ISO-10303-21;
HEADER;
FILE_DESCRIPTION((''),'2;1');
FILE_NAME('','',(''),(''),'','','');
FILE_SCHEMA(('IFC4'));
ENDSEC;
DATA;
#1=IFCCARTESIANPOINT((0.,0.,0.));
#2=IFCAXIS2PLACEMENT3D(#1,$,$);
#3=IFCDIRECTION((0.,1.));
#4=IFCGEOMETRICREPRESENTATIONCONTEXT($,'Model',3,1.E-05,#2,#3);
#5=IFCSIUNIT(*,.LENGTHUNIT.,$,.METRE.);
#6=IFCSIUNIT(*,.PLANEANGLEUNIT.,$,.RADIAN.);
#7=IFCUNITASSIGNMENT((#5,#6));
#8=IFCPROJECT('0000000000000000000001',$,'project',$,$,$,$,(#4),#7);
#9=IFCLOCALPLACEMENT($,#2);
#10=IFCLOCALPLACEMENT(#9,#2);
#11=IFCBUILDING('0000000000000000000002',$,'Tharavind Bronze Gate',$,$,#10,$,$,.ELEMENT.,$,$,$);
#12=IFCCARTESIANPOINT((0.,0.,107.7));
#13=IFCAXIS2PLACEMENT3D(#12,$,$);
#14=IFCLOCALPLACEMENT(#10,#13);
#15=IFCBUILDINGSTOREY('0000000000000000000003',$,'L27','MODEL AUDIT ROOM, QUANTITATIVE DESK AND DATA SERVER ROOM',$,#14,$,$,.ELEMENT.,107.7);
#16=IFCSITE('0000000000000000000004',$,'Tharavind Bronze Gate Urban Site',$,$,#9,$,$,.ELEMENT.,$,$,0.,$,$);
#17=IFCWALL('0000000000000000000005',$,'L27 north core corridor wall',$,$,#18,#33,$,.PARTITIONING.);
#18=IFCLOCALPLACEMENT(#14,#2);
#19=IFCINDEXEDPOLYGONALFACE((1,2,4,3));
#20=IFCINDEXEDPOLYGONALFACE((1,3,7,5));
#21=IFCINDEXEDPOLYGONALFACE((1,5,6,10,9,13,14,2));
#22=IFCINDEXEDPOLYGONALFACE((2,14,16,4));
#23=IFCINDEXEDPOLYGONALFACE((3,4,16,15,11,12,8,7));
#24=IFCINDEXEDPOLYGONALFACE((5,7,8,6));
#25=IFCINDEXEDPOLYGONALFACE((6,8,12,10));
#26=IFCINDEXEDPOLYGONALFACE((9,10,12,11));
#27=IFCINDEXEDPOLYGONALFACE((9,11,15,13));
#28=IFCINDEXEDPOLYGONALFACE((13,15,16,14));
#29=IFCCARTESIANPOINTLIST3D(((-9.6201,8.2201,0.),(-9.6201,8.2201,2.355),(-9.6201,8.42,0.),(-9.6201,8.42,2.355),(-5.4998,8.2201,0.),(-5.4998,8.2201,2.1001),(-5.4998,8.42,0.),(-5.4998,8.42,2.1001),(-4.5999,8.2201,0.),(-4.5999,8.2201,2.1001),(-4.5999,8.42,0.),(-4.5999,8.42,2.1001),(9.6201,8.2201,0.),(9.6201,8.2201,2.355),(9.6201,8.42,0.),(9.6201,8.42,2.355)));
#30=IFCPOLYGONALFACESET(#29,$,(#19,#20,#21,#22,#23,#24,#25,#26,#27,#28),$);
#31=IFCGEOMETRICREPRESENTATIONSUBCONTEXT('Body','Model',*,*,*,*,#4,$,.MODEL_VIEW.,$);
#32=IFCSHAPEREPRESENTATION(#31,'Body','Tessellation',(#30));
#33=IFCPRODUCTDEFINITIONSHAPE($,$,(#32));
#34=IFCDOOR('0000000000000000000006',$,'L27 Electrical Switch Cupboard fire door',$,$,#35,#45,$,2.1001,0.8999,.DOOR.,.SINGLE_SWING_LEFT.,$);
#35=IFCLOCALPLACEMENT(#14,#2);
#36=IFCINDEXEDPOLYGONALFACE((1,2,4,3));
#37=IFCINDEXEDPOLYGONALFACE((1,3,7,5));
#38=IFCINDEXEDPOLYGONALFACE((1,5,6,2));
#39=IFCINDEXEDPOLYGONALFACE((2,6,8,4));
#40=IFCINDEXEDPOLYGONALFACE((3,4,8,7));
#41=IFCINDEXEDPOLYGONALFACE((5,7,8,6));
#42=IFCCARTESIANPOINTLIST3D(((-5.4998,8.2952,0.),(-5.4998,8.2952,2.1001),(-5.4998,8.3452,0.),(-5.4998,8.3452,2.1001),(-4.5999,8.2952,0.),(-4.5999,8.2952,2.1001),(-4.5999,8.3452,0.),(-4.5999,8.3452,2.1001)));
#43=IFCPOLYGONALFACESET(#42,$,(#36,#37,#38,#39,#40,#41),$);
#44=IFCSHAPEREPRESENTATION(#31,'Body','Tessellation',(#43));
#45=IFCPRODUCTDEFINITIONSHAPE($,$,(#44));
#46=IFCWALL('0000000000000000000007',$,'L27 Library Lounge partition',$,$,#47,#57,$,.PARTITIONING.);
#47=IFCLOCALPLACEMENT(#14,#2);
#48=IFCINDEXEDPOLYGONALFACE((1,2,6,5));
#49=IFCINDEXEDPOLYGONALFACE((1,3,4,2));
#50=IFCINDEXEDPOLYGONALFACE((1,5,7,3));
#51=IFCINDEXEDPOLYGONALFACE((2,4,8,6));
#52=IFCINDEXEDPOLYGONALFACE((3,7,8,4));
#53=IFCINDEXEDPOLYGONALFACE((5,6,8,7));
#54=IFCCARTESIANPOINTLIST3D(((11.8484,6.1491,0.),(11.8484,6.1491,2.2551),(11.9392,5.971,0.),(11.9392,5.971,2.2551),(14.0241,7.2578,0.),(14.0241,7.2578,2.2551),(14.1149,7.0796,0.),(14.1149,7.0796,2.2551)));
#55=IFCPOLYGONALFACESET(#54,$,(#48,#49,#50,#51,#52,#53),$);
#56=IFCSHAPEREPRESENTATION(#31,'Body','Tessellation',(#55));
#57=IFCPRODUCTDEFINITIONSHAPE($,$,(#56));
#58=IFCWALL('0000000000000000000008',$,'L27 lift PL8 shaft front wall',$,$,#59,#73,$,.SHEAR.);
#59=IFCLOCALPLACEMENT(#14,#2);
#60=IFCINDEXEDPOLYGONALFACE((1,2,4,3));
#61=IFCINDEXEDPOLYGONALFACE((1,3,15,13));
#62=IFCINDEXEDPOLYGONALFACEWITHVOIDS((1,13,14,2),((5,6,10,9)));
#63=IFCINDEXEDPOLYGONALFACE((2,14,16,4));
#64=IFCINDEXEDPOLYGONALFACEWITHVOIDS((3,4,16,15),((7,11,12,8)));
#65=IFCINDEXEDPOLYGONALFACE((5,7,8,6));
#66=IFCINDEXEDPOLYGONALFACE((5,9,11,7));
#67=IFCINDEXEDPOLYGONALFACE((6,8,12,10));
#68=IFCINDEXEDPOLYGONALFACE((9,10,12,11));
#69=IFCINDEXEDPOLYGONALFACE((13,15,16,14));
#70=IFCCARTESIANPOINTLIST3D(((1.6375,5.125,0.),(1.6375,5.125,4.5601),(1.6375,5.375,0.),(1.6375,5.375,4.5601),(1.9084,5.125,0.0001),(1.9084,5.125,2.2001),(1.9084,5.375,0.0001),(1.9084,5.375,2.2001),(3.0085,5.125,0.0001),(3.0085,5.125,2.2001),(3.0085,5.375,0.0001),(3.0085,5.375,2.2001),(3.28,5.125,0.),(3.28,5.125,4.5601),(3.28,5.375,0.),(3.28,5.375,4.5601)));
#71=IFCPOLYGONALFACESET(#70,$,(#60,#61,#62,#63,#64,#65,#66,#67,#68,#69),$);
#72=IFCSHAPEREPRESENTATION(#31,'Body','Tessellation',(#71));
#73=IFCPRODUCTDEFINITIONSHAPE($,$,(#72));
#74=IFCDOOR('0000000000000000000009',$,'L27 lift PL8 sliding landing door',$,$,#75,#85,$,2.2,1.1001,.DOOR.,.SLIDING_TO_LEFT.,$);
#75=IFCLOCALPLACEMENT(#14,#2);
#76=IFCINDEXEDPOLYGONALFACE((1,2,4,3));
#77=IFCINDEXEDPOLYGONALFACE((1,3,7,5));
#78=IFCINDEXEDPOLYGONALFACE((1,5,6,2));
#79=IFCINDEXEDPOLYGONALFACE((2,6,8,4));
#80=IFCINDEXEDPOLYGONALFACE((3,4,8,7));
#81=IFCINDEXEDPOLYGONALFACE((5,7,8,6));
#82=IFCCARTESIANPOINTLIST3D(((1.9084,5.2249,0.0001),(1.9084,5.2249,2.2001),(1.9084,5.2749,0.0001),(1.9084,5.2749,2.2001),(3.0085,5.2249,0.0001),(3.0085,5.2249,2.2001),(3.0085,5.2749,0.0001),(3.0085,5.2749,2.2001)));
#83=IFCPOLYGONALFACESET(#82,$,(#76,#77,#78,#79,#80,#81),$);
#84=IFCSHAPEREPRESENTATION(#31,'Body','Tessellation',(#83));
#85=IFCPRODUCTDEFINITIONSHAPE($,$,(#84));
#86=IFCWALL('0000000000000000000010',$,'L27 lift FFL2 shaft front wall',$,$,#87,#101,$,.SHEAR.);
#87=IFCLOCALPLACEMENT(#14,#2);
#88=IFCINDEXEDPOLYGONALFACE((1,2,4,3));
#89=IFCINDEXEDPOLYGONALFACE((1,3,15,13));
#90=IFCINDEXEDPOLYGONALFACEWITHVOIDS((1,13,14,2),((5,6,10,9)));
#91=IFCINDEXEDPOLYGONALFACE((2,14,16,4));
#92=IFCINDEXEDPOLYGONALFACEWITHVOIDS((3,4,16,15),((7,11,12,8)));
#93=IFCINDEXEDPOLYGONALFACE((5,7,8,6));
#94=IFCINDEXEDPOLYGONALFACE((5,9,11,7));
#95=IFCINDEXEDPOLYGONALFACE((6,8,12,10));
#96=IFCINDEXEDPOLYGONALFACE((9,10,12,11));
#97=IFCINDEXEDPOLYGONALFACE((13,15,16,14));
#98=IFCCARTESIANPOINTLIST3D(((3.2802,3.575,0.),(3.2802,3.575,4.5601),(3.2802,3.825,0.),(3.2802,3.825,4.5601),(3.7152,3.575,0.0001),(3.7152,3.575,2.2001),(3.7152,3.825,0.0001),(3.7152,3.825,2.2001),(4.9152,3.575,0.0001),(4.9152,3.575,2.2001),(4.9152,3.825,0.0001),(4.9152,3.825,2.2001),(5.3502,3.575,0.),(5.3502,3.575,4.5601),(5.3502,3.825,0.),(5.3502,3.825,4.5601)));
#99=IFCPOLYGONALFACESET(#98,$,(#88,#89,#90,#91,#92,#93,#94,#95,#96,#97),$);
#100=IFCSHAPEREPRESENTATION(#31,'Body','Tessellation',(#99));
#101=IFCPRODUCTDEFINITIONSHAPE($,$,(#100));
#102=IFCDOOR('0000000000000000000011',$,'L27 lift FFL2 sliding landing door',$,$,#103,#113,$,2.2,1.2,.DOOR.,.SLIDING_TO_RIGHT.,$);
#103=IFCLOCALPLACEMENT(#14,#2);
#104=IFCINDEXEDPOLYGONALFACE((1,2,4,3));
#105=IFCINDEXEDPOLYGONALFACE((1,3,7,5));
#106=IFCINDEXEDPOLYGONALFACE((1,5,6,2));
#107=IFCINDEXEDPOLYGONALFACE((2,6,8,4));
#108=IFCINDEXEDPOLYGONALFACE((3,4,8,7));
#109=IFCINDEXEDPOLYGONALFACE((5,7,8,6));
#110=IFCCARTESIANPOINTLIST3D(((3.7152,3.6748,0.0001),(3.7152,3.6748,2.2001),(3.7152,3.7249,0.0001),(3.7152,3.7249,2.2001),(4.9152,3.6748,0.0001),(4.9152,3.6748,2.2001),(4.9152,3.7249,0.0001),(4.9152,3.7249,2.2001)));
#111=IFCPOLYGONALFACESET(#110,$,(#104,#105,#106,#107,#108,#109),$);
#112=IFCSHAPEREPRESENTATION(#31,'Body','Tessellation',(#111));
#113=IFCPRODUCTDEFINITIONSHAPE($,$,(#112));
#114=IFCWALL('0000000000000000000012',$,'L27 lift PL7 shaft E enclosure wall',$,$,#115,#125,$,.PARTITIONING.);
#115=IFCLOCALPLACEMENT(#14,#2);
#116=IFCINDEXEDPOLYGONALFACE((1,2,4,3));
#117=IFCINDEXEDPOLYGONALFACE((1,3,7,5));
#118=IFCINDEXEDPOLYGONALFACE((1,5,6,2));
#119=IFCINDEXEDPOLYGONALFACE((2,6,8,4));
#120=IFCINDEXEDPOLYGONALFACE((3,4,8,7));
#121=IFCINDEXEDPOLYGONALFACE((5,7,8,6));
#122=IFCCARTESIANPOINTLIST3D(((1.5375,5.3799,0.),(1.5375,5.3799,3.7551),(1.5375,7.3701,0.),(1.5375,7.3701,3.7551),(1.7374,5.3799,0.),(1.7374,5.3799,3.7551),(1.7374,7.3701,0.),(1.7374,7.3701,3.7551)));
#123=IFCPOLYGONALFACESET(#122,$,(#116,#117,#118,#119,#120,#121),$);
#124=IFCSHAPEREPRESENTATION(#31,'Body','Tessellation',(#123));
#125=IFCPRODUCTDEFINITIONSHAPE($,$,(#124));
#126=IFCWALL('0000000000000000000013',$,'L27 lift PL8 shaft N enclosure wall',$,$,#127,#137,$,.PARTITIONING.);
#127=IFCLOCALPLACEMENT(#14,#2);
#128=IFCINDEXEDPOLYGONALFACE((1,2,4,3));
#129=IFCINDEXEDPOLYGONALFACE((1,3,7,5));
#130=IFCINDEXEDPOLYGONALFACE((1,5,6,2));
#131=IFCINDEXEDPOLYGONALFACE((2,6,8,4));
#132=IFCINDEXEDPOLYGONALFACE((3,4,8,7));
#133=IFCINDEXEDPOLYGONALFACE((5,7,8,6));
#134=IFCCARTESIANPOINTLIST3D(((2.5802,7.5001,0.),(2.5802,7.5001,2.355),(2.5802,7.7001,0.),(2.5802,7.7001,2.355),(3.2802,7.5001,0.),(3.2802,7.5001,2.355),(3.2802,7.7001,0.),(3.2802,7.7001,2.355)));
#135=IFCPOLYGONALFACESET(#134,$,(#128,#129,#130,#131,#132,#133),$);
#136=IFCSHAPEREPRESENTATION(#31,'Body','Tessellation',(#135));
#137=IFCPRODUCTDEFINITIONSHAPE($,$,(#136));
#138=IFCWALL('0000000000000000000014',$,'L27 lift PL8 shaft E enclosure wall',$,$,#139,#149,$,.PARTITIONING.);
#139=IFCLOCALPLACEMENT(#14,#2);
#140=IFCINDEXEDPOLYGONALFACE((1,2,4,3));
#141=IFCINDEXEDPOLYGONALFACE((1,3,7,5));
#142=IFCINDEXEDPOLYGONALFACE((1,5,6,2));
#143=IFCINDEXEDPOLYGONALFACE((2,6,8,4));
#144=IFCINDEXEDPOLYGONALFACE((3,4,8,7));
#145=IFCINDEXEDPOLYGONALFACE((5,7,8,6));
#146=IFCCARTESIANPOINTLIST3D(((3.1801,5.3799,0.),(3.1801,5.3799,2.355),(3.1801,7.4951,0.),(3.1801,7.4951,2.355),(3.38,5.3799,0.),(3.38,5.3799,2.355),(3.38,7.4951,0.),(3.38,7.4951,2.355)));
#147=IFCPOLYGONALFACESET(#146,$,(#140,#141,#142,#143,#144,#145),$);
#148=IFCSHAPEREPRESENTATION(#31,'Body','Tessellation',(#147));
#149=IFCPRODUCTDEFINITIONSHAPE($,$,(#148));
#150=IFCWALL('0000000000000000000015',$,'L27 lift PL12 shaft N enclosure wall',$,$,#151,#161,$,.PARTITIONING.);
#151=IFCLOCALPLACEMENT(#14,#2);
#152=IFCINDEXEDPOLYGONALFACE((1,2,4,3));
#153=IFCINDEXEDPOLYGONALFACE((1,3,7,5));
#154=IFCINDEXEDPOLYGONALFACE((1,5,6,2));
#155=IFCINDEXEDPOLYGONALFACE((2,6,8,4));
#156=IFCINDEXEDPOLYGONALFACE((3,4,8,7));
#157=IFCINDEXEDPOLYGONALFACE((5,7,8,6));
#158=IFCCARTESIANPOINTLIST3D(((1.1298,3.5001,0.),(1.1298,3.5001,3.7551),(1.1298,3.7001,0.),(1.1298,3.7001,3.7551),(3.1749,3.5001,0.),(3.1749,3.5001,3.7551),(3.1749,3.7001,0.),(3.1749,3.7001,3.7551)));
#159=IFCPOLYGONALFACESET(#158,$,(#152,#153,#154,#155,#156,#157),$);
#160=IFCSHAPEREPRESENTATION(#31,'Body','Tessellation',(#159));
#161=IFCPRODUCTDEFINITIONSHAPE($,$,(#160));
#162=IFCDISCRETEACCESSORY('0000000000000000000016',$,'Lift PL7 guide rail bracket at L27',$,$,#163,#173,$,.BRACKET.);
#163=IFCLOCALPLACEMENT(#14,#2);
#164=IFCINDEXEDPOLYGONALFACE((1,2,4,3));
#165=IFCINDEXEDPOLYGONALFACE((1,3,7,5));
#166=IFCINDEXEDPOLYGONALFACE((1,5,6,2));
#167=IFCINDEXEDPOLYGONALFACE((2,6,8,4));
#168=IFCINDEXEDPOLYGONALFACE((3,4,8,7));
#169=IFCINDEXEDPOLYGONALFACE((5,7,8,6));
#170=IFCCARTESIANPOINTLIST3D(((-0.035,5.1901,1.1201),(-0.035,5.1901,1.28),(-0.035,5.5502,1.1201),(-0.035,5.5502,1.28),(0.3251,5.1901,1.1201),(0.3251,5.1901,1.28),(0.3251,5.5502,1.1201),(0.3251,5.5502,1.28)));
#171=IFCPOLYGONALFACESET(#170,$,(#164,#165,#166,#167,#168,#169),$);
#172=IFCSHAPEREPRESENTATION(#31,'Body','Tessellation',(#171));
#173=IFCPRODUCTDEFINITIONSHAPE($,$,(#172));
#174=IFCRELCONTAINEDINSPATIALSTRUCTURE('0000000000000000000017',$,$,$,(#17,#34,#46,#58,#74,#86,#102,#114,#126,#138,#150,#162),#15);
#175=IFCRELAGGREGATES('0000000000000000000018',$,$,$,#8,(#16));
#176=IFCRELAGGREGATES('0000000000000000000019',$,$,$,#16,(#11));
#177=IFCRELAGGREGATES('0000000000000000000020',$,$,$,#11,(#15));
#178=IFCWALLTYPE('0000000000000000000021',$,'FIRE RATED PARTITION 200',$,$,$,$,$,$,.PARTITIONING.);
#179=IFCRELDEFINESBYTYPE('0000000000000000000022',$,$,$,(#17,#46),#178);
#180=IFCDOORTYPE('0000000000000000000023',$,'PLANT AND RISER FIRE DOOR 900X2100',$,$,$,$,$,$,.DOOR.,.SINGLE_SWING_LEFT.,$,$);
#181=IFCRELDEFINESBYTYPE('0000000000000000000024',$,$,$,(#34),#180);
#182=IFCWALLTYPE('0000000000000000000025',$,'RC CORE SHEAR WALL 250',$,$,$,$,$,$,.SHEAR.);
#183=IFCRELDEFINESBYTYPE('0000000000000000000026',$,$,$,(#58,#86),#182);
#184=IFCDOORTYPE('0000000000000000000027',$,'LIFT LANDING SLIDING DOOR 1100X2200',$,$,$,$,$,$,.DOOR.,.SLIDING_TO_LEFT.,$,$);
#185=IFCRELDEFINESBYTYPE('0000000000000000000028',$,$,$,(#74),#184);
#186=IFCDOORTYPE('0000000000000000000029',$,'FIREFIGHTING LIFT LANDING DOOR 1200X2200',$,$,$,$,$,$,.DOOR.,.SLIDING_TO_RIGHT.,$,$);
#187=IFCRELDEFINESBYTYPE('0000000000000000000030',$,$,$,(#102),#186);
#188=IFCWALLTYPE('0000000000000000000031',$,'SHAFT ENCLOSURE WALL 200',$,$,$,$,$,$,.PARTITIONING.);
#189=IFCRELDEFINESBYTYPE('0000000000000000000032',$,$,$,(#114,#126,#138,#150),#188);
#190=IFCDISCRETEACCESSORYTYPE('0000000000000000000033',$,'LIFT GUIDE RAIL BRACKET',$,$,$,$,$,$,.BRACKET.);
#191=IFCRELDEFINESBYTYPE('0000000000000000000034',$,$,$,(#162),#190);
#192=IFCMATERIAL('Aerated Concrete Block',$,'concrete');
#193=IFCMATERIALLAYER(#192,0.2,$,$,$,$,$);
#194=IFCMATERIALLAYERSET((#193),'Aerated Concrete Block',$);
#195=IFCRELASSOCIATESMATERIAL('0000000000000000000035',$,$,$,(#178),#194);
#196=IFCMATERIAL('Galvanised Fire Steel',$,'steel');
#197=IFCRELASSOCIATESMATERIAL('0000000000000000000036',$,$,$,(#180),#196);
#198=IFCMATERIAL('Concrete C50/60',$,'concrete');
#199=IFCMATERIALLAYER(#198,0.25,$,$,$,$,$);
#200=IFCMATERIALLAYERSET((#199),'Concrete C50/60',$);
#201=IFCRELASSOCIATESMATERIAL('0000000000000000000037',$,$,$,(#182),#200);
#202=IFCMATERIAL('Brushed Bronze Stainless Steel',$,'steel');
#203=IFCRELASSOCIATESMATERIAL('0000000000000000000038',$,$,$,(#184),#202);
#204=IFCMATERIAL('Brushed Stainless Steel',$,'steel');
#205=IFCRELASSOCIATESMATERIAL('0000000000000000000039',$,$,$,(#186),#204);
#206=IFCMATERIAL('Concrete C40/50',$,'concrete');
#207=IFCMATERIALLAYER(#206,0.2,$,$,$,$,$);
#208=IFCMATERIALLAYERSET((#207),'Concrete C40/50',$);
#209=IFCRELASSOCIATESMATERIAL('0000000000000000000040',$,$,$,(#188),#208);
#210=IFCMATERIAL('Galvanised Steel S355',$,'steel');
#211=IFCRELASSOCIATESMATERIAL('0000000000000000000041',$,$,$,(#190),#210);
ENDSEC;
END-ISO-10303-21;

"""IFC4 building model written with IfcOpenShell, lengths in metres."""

from ifc_helpers import new_model, si_unit, direction, frame, frame_2d, origin, origin_2d, place, context, subcontext, project, spatial, rectangle, extrude, material, layer, layer_set, type_object, element, fill, save


model = new_model("IFC4")

# Units and contexts
model_context = context("Model", 3, precision=1e-05, world=origin(), true_north=direction((0.0, 1.0)))
body_context = subcontext(model_context, "Body", "Model", "MODEL_VIEW")
ifc_project = project(units=[si_unit("LENGTHUNIT", "METRE"), si_unit("PLANEANGLEUNIT", "RADIAN")], contexts=[model_context])

# Site, building, storey
site_placement = place(None, origin())
site = spatial("IfcSite", under=ifc_project, at=site_placement, Name="Tharavind Bronze Gate Urban Site", CompositionType="ELEMENT", RefElevation=0.0)
building_placement = place(site_placement, origin())
building = spatial("IfcBuilding", under=site, at=building_placement, Name="Tharavind Bronze Gate", CompositionType="ELEMENT")
storey_placement = place(building_placement, frame((0.0, 0.0, 107.7)))
storey = spatial("IfcBuildingStorey", under=building, at=storey_placement, Name="L27", Description="MODEL AUDIT ROOM, QUANTITATIVE DESK AND DATA SERVER ROOM", CompositionType="ELEMENT", Elevation=107.7)

# Wall, opening, door
ifc_material_1 = material(Name="Aerated Concrete Block", Category="concrete")
ifc_layer_1 = layer(ifc_material_1, 0.2)
ifc_layer_set_1 = layer_set([ifc_layer_1], Name="Aerated Concrete Block")
wall_type_1 = type_object("IfcWallType", Name="FIRE RATED PARTITION 200", PredefinedType="PARTITIONING", material=ifc_layer_set_1)
wall_1_placement = place(storey_placement, frame((9.6201, 8.3201, 0.0), z_axis=(0.0, 0.0, 1.0), x_axis=(-1.0, 0.0, 0.0)))
wall_1 = element("IfcWall", 1, at=wall_1_placement, inside=storey, type_object=wall_type_1, Name="L27 north core corridor wall", PredefinedType="PARTITIONING", context=body_context, shape_type="SweptSolid", body=[
    extrude(rectangle(XDim=19.2402, YDim=0.2, at=frame_2d((9.6201, 0.0))), origin(), (0.0, 0.0, 1.0), 2.355),
])
opening_1_placement = place(wall_1_placement, frame((14.22, 0.0, 0.0)))
opening_1 = element("IfcOpeningElement", 2, at=opening_1_placement, cuts=wall_1, PredefinedType="OPENING", context=body_context, shape_type="SweptSolid", body=[
    extrude(rectangle(XDim=0.8999, YDim=2.1001, at=frame_2d((0.45, 1.05))), frame((0.0, 0.1101, 0.0), z_axis=(0.0, -1.0, 0.0), x_axis=(1.0, 0.0, 0.0)), (0.0, 0.0, 1.0), 0.22),
])
ifc_material_2 = material(Name="Galvanised Fire Steel", Category="steel")
door_type_1 = type_object("IfcDoorType", Name="PLANT AND RISER FIRE DOOR 900X2100", OperationType="SINGLE_SWING_LEFT", PredefinedType="DOOR", material=ifc_material_2)
door_1_placement = place(opening_1_placement, origin())
door_1 = element("IfcDoor", 3, at=door_1_placement, inside=storey, type_object=door_type_1, Name="L27 Electrical Switch Cupboard fire door", OperationType="SINGLE_SWING_LEFT", OverallHeight=2.1001, OverallWidth=0.8999, PredefinedType="DOOR", context=body_context, shape_type="SweptSolid", body=[
    extrude(rectangle(XDim=0.8999, YDim=2.1001, at=frame_2d((0.45, 1.05))), frame((0.0, 0.0249, 0.0), z_axis=(0.0, -1.0, 0.0), x_axis=(1.0, 0.0, 0.0)), (0.0, 0.0, 1.0), 0.05),
])
fill(opening_1, door_1)

# Wall
wall_2_placement = place(storey_placement, frame((11.8938, 6.0601, 0.0), z_axis=(0.0, 0.0, 1.0), x_axis=(0.891002, 0.453999, 0.0)))
element("IfcWall", 4, at=wall_2_placement, inside=storey, type_object=wall_type_1, Name="L27 Library Lounge partition", PredefinedType="PARTITIONING", context=body_context, shape_type="SweptSolid", body=[
    extrude(rectangle(XDim=2.4419, YDim=0.2, at=frame_2d((1.2209, 0.0))), origin(), (0.0, 0.0, 1.0), 2.2551),
])

# Walls, openings, doors
ifc_material_3 = material(Name="Concrete C50/60", Category="concrete")
ifc_layer_2 = layer(ifc_material_3, 0.25)
ifc_layer_set_2 = layer_set([ifc_layer_2], Name="Concrete C50/60")
wall_type_2 = type_object("IfcWallType", Name="RC CORE SHEAR WALL 250", PredefinedType="SHEAR", material=ifc_layer_set_2)
wall_3_placement = place(storey_placement, frame((1.6375, 5.25, 0.0), z_axis=(0.0, 0.0, 1.0), x_axis=(1.0, 0.0, 0.0)))
wall_3 = element("IfcWall", 5, at=wall_3_placement, inside=storey, type_object=wall_type_2, Name="L27 lift PL8 shaft front wall", PredefinedType="SHEAR", context=body_context, shape_type="SweptSolid", body=[
    extrude(rectangle(XDim=1.6426, YDim=0.25, at=frame_2d((0.8213, 0.0))), origin(), (0.0, 0.0, 1.0), 4.5601),
])
opening_2_placement = place(wall_3_placement, frame((0.271, 0.0, 0.0)))
opening_2 = element("IfcOpeningElement", 6, at=opening_2_placement, cuts=wall_3, PredefinedType="OPENING", context=body_context, shape_type="SweptSolid", body=[
    extrude(rectangle(XDim=1.1001, YDim=2.2, at=frame_2d((0.55, 1.1001))), frame((0.0, 0.135, 0.0), z_axis=(0.0, -1.0, 0.0), x_axis=(1.0, 0.0, 0.0)), (0.0, 0.0, 1.0), 0.27),
])
ifc_material_4 = material(Name="Brushed Bronze Stainless Steel", Category="steel")
door_type_2 = type_object("IfcDoorType", Name="LIFT LANDING SLIDING DOOR 1100X2200", OperationType="SLIDING_TO_LEFT", PredefinedType="DOOR", material=ifc_material_4)
door_2_placement = place(opening_2_placement, origin())
door_2 = element("IfcDoor", 7, at=door_2_placement, inside=storey, type_object=door_type_2, Name="L27 lift PL8 sliding landing door", OperationType="SLIDING_TO_LEFT", OverallHeight=2.2, OverallWidth=1.1001, PredefinedType="DOOR", context=body_context, shape_type="SweptSolid", body=[
    extrude(rectangle(XDim=1.1001, YDim=2.2, at=frame_2d((0.55, 1.1001))), frame((0.0, 0.0249, 0.0), z_axis=(0.0, -1.0, 0.0), x_axis=(1.0, 0.0, 0.0)), (0.0, 0.0, 1.0), 0.05),
])
fill(opening_2, door_2)
wall_4_placement = place(storey_placement, frame((3.28, 3.7, 0.0), z_axis=(0.0, 0.0, 1.0), x_axis=(1.0, 0.0, 0.0)))
wall_4 = element("IfcWall", 8, at=wall_4_placement, inside=storey, type_object=wall_type_2, Name="L27 lift FFL2 shaft front wall", PredefinedType="SHEAR", context=body_context, shape_type="SweptSolid", body=[
    extrude(rectangle(XDim=2.0701, YDim=0.25, at=frame_2d((1.0352, 0.0))), origin(), (0.0, 0.0, 1.0), 4.5601),
])
opening_3_placement = place(wall_4_placement, frame((0.4351, 0.0, 0.0)))
opening_3 = element("IfcOpeningElement", 9, at=opening_3_placement, cuts=wall_4, PredefinedType="OPENING", context=body_context, shape_type="SweptSolid", body=[
    extrude(rectangle(XDim=1.2, YDim=2.2, at=frame_2d((0.6001, 1.1001))), frame((0.0, 0.135, 0.0), z_axis=(0.0, -1.0, 0.0), x_axis=(1.0, 0.0, 0.0)), (0.0, 0.0, 1.0), 0.27),
])
ifc_material_5 = material(Name="Brushed Stainless Steel", Category="steel")
door_type_3 = type_object("IfcDoorType", Name="FIREFIGHTING LIFT LANDING DOOR 1200X2200", OperationType="SLIDING_TO_RIGHT", PredefinedType="DOOR", material=ifc_material_5)
door_3_placement = place(opening_3_placement, origin())
door_3 = element("IfcDoor", 10, at=door_3_placement, inside=storey, type_object=door_type_3, Name="L27 lift FFL2 sliding landing door", OperationType="SLIDING_TO_RIGHT", OverallHeight=2.2, OverallWidth=1.2, PredefinedType="DOOR", context=body_context, shape_type="SweptSolid", body=[
    extrude(rectangle(XDim=1.2, YDim=2.2, at=frame_2d((0.6001, 1.1001))), frame((0.0, 0.0249, 0.0), z_axis=(0.0, -1.0, 0.0), x_axis=(1.0, 0.0, 0.0)), (0.0, 0.0, 1.0), 0.05),
])
fill(opening_3, door_3)

# Walls
ifc_material_6 = material(Name="Concrete C40/50", Category="concrete")
ifc_layer_3 = layer(ifc_material_6, 0.2)
ifc_layer_set_3 = layer_set([ifc_layer_3], Name="Concrete C40/50")
wall_type_3 = type_object("IfcWallType", Name="SHAFT ENCLOSURE WALL 200", PredefinedType="PARTITIONING", material=ifc_layer_set_3)
wall_5_placement = place(storey_placement, frame((1.6375, 5.3799, 0.0), z_axis=(0.0, 0.0, 1.0), x_axis=(0.0, 1.0, 0.0)))
element("IfcWall", 11, at=wall_5_placement, inside=storey, type_object=wall_type_3, Name="L27 lift PL7 shaft E enclosure wall", PredefinedType="PARTITIONING", context=body_context, shape_type="SweptSolid", body=[
    extrude(rectangle(XDim=1.9902, YDim=0.2, at=frame_2d((0.9951, 0.0))), origin(), (0.0, 0.0, 1.0), 3.7551),
])
wall_6_placement = place(storey_placement, frame((2.5801, 7.6001, 0.0), z_axis=(0.0, 0.0, 1.0), x_axis=(1.0, 0.0, 0.0)))
element("IfcWall", 12, at=wall_6_placement, inside=storey, type_object=wall_type_3, Name="L27 lift PL8 shaft N enclosure wall", PredefinedType="PARTITIONING", context=body_context, shape_type="SweptSolid", body=[
    extrude(rectangle(XDim=0.7, YDim=0.2, at=frame_2d((0.3501, 0.0))), origin(), (0.0, 0.0, 1.0), 2.355),
])
wall_7_placement = place(storey_placement, frame((3.28, 5.3799, 0.0), z_axis=(0.0, 0.0, 1.0), x_axis=(0.0, 1.0, 0.0)))
element("IfcWall", 13, at=wall_7_placement, inside=storey, type_object=wall_type_3, Name="L27 lift PL8 shaft E enclosure wall", PredefinedType="PARTITIONING", context=body_context, shape_type="SweptSolid", body=[
    extrude(rectangle(XDim=2.1152, YDim=0.2, at=frame_2d((1.0576, 0.0))), origin(), (0.0, 0.0, 1.0), 2.355),
])
wall_8_placement = place(storey_placement, frame((1.1299, 3.6001, 0.0), z_axis=(0.0, 0.0, 1.0), x_axis=(1.0, 0.0, 0.0)))
element("IfcWall", 14, at=wall_8_placement, inside=storey, type_object=wall_type_3, Name="L27 lift PL12 shaft N enclosure wall", PredefinedType="PARTITIONING", context=body_context, shape_type="SweptSolid", body=[
    extrude(rectangle(XDim=2.0452, YDim=0.2, at=frame_2d((1.0225, 0.0))), origin(), (0.0, 0.0, 1.0), 3.7551),
])

# Discrete accessory
ifc_material_7 = material(Name="Galvanised Steel S355", Category="steel")
discrete_accessory_type_1 = type_object("IfcDiscreteAccessoryType", Name="LIFT GUIDE RAIL BRACKET", PredefinedType="BRACKET", material=ifc_material_7)
for number, where, z_axis, x_axis, name in (
    (15, (0.145, 5.3701, 1.1201), (0.0, 0.0, 1.0), (1.0, 0.0, 0.0), "Lift PL7 guide rail bracket at L27"),
):
    element("IfcDiscreteAccessory", number, at=place(storey_placement, frame(where, z_axis=z_axis, x_axis=x_axis)), inside=storey, type_object=discrete_accessory_type_1, Name=name, PredefinedType="BRACKET", context=body_context, shape_type="SweptSolid", body=[
        extrude(rectangle(XDim=0.3601, YDim=0.3601, at=origin_2d()), origin(), (0.0, 0.0, 1.0), 0.1599),
    ])

save(model, "model.ifc")
